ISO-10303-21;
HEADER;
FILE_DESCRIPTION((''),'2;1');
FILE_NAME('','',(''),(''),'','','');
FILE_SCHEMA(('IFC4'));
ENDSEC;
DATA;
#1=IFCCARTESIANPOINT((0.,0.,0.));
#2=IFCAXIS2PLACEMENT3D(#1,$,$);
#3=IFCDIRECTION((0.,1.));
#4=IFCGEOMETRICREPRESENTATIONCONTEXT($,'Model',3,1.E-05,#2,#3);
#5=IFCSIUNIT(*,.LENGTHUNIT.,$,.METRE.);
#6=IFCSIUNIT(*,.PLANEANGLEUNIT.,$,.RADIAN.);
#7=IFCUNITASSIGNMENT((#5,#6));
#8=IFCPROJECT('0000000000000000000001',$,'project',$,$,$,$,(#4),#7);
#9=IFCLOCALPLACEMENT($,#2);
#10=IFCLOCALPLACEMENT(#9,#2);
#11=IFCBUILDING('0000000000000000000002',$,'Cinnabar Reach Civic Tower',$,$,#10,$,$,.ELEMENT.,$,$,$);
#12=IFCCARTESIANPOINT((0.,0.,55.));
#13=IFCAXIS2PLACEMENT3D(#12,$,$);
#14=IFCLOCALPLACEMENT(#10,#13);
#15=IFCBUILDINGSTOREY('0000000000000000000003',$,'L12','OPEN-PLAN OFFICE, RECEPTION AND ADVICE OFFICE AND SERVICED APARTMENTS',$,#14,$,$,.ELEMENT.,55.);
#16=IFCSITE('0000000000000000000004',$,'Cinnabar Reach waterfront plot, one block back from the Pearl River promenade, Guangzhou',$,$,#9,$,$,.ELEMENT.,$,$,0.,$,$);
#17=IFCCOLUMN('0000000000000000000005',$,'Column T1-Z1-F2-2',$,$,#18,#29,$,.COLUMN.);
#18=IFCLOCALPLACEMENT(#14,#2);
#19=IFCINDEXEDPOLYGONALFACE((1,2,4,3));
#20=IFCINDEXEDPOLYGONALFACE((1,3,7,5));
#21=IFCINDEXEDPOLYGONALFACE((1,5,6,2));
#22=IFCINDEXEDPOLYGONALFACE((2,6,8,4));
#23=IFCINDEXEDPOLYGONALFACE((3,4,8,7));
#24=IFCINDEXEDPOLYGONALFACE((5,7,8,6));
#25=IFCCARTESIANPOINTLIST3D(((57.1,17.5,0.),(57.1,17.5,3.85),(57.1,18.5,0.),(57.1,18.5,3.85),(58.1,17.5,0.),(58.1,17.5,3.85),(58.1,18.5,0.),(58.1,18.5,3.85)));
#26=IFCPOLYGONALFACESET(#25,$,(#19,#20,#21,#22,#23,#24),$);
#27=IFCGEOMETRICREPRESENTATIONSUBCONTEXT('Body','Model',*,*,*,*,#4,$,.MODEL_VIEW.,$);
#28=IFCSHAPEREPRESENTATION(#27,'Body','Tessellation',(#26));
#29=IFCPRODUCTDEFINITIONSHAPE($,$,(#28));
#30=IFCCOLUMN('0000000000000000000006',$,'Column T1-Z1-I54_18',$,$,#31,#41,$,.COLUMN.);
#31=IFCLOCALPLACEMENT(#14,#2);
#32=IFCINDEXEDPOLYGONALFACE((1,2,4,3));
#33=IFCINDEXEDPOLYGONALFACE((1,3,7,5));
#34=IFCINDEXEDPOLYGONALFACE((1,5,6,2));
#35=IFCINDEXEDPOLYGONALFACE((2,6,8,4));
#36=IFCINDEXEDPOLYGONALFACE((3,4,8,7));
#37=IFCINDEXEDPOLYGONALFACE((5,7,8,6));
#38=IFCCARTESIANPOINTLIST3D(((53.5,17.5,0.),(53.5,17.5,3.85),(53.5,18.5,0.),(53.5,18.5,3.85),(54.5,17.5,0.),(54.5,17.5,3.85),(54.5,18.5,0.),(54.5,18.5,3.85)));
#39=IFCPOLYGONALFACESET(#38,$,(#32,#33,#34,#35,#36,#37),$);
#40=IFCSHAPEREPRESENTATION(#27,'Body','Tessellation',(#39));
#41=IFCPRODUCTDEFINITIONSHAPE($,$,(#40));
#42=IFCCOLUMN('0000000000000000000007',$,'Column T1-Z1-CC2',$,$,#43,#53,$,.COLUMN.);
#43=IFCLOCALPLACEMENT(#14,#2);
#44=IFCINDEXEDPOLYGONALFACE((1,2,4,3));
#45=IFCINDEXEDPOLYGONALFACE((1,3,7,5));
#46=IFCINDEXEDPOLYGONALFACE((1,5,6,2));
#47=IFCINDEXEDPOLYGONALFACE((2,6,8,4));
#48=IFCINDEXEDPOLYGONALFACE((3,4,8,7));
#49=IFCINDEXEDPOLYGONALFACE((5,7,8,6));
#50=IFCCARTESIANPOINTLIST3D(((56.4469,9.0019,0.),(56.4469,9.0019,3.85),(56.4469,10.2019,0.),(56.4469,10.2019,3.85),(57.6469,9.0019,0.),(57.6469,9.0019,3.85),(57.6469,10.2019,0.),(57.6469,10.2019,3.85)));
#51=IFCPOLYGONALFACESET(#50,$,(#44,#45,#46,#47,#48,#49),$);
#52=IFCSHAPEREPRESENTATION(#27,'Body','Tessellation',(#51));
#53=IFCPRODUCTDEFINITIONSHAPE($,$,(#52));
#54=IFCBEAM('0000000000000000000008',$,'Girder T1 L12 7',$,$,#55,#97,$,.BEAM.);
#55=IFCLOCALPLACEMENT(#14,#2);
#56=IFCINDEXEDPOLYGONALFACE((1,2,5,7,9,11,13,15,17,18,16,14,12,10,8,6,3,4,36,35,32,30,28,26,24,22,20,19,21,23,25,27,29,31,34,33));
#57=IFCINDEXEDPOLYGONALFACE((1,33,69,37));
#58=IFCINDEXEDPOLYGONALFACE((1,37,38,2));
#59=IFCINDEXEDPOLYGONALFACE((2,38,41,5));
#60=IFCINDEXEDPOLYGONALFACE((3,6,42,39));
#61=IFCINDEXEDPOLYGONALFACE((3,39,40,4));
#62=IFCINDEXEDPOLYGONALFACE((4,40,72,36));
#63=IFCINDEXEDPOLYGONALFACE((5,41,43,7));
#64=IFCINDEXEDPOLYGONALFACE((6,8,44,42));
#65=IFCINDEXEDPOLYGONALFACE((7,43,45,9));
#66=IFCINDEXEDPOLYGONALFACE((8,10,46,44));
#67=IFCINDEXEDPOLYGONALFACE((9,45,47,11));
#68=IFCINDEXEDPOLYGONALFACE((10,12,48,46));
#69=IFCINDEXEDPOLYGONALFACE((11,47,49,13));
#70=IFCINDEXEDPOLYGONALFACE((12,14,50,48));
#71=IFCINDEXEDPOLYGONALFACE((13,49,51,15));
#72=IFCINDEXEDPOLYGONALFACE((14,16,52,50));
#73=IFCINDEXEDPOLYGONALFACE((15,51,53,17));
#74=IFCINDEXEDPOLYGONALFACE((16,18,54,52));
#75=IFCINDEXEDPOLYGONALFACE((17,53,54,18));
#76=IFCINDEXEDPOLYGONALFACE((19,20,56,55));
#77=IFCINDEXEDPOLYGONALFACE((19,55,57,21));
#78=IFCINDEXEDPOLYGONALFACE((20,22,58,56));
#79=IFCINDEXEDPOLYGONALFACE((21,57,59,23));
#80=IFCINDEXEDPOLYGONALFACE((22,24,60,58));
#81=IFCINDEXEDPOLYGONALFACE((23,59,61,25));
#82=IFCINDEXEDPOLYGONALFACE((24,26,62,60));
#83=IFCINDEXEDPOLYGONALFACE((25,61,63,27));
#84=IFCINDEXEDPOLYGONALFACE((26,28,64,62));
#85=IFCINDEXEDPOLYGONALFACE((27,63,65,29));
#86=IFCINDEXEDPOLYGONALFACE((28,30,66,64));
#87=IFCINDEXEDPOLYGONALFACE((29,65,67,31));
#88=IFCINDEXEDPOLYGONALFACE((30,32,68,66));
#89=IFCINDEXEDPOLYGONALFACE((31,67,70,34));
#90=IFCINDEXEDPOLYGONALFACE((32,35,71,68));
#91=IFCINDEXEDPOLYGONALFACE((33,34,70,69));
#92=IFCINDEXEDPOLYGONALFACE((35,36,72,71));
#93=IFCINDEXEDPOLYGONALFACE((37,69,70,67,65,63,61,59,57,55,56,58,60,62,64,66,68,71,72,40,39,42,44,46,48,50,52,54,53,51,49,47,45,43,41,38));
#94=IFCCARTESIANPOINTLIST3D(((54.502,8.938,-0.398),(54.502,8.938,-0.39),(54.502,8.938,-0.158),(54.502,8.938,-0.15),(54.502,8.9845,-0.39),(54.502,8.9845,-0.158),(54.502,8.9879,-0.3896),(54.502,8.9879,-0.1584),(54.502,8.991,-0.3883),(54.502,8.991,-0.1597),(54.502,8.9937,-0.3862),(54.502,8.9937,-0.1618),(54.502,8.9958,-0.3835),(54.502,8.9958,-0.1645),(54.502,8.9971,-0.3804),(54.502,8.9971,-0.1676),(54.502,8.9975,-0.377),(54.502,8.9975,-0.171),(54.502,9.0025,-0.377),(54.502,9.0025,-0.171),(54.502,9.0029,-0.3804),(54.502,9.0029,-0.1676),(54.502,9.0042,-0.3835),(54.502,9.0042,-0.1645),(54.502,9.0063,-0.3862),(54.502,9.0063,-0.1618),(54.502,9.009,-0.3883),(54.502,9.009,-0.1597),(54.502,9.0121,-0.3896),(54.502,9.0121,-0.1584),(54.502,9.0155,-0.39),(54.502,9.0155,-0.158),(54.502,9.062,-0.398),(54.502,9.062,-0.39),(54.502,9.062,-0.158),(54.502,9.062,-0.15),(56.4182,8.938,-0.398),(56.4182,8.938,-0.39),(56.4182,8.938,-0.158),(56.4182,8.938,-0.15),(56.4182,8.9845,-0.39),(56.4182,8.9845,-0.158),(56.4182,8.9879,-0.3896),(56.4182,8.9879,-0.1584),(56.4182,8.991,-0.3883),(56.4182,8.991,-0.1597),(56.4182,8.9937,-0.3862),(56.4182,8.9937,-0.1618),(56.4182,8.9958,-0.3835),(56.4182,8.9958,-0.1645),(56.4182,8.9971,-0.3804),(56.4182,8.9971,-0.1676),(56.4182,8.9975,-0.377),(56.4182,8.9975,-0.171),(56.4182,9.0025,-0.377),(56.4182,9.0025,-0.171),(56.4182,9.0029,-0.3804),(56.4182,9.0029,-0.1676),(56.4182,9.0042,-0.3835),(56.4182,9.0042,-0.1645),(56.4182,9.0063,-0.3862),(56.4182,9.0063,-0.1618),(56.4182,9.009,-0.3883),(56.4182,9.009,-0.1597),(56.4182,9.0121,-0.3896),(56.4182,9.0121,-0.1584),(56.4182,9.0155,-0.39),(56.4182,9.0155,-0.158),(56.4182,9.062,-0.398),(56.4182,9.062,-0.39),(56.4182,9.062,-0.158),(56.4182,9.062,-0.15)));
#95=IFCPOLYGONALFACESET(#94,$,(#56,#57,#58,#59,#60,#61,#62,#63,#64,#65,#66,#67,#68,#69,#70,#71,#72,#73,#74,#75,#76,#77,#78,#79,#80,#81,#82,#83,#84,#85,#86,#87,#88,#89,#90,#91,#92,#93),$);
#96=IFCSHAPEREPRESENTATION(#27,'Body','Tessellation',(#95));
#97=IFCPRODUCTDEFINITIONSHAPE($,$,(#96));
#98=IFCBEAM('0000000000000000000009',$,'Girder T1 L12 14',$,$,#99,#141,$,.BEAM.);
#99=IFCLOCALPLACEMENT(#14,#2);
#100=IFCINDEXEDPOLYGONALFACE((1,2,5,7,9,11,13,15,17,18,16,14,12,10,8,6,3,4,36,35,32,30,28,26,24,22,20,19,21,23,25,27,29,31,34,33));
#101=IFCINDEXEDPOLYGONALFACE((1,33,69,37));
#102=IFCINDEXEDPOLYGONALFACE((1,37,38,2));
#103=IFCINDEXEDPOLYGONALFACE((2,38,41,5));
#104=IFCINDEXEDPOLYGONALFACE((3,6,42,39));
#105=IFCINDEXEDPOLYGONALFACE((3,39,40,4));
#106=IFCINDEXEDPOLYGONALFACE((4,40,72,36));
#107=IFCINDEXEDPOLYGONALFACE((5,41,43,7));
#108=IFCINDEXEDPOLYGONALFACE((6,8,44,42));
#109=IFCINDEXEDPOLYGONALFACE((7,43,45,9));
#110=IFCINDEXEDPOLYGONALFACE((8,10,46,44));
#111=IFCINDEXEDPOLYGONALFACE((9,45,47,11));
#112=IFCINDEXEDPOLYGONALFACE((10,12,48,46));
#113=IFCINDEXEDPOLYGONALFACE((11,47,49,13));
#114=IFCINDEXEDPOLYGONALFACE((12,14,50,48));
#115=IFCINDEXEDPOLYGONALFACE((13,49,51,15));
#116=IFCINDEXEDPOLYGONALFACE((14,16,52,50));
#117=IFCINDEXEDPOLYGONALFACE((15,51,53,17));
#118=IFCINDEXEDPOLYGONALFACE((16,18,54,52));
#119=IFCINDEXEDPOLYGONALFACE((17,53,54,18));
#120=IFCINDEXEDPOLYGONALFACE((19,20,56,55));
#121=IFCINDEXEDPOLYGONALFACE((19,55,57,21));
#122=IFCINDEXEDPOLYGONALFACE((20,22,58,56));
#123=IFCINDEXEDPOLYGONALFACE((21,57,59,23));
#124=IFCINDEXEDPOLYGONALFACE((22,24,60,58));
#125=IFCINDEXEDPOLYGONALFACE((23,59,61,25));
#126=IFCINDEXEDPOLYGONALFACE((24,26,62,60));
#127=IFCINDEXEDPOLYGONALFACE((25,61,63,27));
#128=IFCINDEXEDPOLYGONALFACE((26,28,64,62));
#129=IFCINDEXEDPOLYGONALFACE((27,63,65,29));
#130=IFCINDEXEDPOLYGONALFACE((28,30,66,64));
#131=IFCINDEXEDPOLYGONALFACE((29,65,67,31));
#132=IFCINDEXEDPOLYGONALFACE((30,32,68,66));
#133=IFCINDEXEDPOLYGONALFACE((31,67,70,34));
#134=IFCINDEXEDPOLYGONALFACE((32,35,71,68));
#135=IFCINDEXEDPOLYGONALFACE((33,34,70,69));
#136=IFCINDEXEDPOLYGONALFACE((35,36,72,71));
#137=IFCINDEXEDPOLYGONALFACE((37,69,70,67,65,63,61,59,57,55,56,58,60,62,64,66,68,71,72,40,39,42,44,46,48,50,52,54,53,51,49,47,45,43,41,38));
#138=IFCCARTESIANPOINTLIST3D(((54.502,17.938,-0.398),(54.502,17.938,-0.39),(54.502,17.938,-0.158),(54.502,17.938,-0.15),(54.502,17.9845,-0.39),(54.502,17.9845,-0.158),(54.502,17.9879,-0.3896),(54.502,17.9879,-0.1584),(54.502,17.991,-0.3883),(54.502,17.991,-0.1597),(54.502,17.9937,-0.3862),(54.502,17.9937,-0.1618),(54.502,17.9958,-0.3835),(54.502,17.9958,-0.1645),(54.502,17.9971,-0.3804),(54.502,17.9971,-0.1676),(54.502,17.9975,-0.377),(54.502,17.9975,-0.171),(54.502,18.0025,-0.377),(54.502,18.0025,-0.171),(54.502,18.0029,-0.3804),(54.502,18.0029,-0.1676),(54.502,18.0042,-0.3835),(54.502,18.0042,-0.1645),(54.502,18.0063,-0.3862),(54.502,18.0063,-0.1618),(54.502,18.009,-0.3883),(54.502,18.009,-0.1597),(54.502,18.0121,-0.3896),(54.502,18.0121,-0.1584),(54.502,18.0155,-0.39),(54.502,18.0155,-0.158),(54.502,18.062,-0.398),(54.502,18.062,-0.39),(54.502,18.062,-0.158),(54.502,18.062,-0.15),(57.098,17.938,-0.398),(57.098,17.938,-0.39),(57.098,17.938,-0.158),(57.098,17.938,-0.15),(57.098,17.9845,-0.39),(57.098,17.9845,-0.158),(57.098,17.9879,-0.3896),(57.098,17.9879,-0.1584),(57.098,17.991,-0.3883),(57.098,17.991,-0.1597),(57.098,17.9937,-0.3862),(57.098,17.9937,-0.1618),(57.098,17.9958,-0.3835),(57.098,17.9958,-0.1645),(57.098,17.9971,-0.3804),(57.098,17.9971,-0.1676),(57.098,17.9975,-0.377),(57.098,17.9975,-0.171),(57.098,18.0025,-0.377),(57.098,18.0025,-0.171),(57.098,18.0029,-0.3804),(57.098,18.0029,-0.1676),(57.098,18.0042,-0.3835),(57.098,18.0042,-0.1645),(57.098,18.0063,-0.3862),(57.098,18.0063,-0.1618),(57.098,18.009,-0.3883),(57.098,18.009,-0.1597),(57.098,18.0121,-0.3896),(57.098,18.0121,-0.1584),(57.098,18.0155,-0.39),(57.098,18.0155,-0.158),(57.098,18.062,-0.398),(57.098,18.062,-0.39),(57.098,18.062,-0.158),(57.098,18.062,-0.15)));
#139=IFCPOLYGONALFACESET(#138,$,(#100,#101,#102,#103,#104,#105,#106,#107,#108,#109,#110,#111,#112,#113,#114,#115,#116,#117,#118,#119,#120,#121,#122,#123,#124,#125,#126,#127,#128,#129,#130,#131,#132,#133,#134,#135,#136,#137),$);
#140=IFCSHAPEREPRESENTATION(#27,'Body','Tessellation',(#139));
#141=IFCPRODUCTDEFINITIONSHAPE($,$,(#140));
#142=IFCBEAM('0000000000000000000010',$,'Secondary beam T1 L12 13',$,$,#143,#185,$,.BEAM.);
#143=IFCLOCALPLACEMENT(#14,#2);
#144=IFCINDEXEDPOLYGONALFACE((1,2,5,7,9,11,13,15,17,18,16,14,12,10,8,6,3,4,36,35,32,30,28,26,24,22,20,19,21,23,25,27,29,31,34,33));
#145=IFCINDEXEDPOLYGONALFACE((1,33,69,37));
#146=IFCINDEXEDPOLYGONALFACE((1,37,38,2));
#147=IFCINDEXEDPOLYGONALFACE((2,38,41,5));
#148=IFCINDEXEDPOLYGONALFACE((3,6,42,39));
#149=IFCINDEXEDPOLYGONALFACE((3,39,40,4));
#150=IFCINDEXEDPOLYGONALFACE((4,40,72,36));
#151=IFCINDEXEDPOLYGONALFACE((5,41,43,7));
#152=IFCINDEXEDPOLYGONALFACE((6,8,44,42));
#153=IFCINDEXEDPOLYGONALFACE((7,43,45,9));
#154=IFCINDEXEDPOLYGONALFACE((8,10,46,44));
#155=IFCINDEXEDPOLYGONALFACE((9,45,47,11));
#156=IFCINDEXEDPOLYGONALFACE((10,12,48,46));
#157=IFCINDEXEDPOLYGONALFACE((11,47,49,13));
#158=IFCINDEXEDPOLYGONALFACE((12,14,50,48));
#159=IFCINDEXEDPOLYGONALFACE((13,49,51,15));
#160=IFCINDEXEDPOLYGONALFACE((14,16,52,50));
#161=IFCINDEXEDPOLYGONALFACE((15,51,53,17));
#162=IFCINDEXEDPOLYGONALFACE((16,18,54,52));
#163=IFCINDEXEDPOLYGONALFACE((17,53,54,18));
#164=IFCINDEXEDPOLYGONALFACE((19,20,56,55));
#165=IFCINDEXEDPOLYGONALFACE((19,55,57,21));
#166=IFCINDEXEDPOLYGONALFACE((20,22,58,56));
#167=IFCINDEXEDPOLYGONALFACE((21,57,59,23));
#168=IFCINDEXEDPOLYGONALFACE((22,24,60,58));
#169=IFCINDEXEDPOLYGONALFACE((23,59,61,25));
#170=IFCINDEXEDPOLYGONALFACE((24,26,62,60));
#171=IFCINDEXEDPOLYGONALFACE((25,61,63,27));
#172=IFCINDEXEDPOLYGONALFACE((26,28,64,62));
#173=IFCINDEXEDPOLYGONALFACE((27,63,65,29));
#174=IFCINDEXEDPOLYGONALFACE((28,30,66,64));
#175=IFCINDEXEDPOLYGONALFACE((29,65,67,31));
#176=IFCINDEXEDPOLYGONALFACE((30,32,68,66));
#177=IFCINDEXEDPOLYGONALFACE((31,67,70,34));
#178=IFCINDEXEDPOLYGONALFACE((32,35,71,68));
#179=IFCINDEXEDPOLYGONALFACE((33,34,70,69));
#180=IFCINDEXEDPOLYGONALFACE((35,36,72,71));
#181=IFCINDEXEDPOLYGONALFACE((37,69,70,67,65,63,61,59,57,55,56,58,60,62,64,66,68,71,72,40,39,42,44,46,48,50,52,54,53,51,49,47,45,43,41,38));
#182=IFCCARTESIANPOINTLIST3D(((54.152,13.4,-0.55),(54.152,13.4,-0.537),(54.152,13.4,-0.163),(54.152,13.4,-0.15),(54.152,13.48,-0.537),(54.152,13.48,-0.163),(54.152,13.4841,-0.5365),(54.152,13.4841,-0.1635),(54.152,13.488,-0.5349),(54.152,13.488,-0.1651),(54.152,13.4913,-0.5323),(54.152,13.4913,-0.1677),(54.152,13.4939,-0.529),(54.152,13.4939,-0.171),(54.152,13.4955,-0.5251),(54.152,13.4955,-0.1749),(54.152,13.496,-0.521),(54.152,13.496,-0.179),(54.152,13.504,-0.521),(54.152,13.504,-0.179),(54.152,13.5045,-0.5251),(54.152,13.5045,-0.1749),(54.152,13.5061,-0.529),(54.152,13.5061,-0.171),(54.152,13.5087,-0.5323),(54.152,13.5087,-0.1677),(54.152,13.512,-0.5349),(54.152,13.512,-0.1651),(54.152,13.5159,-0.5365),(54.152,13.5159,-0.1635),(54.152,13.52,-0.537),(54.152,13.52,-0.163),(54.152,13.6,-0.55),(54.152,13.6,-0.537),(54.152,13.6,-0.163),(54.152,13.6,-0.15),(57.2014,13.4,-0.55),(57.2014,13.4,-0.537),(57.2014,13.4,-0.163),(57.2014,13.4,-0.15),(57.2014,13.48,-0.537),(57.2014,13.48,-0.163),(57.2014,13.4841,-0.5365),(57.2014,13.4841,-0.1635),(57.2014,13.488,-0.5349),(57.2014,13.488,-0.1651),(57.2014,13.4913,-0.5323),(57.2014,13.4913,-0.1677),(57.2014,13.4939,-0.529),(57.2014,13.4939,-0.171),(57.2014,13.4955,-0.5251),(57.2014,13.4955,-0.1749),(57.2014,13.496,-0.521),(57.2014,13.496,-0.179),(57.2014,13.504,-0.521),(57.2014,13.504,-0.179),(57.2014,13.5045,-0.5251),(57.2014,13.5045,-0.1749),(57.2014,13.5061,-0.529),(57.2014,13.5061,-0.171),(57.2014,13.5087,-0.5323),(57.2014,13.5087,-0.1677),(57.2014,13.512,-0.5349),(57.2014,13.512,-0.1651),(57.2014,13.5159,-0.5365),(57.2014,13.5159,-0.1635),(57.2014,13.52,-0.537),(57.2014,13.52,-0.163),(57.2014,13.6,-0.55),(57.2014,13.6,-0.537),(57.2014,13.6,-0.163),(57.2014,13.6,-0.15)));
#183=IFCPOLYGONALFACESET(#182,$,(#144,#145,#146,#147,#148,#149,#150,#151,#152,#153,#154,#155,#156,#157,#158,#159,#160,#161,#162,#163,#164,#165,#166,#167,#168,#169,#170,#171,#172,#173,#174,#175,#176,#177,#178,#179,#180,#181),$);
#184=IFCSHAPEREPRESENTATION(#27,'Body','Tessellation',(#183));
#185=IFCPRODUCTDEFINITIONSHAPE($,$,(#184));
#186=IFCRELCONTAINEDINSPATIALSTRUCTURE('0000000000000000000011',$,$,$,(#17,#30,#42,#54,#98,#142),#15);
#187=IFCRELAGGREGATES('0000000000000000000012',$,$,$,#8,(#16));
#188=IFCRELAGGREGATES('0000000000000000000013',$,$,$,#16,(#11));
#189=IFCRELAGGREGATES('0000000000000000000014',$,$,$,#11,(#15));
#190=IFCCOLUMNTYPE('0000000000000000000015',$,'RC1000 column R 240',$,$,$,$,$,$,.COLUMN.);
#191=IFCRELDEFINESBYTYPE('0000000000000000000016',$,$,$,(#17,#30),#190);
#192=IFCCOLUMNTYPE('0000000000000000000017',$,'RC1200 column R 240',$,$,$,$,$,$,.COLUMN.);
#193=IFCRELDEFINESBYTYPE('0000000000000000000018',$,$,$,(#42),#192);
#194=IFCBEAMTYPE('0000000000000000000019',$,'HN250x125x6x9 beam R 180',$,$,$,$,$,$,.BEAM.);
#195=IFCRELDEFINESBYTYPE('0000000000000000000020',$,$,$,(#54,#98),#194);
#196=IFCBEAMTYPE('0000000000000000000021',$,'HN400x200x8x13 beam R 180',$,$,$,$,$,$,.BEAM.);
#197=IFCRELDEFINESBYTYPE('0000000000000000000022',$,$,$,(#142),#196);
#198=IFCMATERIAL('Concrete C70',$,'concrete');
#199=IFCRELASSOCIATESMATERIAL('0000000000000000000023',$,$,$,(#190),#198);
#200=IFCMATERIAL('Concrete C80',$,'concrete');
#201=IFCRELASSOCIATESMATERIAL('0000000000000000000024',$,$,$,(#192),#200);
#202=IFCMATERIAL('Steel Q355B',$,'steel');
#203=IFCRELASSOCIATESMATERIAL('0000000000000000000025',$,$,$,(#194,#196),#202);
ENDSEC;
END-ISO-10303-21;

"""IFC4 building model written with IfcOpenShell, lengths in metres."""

from ifc_helpers import new_model, si_unit, direction, frame, origin, origin_2d, place, context, subcontext, project, spatial, rectangle, i_section, extrude, material, material_profile, profile_set, type_object, element, save


model = new_model("IFC4")

# Units and contexts
model_context = context("Model", 3, precision=1e-05, world=origin(), true_north=direction((0.0, 1.0)))
body_context = subcontext(model_context, "Body", "Model", "MODEL_VIEW")
ifc_project = project(units=[si_unit("LENGTHUNIT", "METRE"), si_unit("PLANEANGLEUNIT", "RADIAN")], contexts=[model_context])

# Site, building, storey
site_placement = place(None, origin())
site = spatial("IfcSite", under=ifc_project, at=site_placement, Name="Cinnabar Reach waterfront plot, one block back from the Pearl River promenade, Guangzhou", CompositionType="ELEMENT", RefElevation=0.0)
building_placement = place(site_placement, origin())
building = spatial("IfcBuilding", under=site, at=building_placement, Name="Cinnabar Reach Civic Tower", CompositionType="ELEMENT")
storey_placement = place(building_placement, frame((0.0, 0.0, 55.0)))
storey = spatial("IfcBuildingStorey", under=building, at=storey_placement, Name="L12", Description="OPEN-PLAN OFFICE, RECEPTION AND ADVICE OFFICE AND SERVICED APARTMENTS", CompositionType="ELEMENT", Elevation=55.0)

# Columns
ifc_material_1 = material(Name="Concrete C70", Category="concrete")
ifc_material_profile_1 = material_profile(ifc_material_1, rectangle(XDim=1.0, YDim=1.0, at=origin_2d()), Name="RC1000")
ifc_profile_set_1 = profile_set([ifc_material_profile_1], Name="Concrete C70")
column_type_1 = type_object("IfcColumnType", Name="RC1000 column R 240", PredefinedType="COLUMN", material=ifc_profile_set_1)
for number, where, z_axis, x_axis, name in (
    (1, (57.6, 18.0, 0.0), (0.0, 0.0, 1.0), (1.0, 0.0, 0.0), "Column T1-Z1-F2-2"),
    (2, (54.0, 18.0, 0.0), (0.0, 0.0, 1.0), (1.0, 0.0, 0.0), "Column T1-Z1-I54_18"),
):
    element("IfcColumn", number, at=place(storey_placement, frame(where, z_axis=z_axis, x_axis=x_axis)), inside=storey, type_object=column_type_1, Name=name, PredefinedType="COLUMN", context=body_context, shape_type="SweptSolid", body=[
        extrude(rectangle(XDim=1.0, YDim=1.0, at=origin_2d()), origin(), (0.0, 0.0, 1.0), 3.85),
    ])
ifc_material_2 = material(Name="Concrete C80", Category="concrete")
ifc_material_profile_2 = material_profile(ifc_material_2, rectangle(XDim=1.2, YDim=1.2, at=origin_2d()), Name="RC1200")
ifc_profile_set_2 = profile_set([ifc_material_profile_2], Name="Concrete C80")
column_type_2 = type_object("IfcColumnType", Name="RC1200 column R 240", PredefinedType="COLUMN", material=ifc_profile_set_2)
column_placement = place(storey_placement, frame((57.0469, 9.6019, 0.0), z_axis=(0.0, 0.0, 1.0), x_axis=(1.0, 0.0, 0.0)))
element("IfcColumn", 3, at=column_placement, inside=storey, type_object=column_type_2, Name="Column T1-Z1-CC2", PredefinedType="COLUMN", context=body_context, shape_type="SweptSolid", body=[
    extrude(rectangle(XDim=1.2, YDim=1.2, at=origin_2d()), origin(), (0.0, 0.0, 1.0), 3.85),
])

# Beams
ifc_material_3 = material(Name="Steel Q355B", Category="steel")
ifc_material_profile_3 = material_profile(ifc_material_3, i_section(OverallWidth=0.124, OverallDepth=0.248, WebThickness=0.005, FlangeThickness=0.008, FilletRadius=0.013, at=origin_2d()), Name="HN250x125x6x9")
ifc_profile_set_3 = profile_set([ifc_material_profile_3], Name="Steel Q355B")
beam_type_1 = type_object("IfcBeamType", Name="HN250x125x6x9 beam R 180", PredefinedType="BEAM", material=ifc_profile_set_3)
beam_1_placement = place(storey_placement, frame((54.502, 9.0, -0.274), z_axis=(1.0, 0.0, 0.0), x_axis=(0.0, 1.0, 0.0)))
element("IfcBeam", 4, at=beam_1_placement, inside=storey, type_object=beam_type_1, Name="Girder T1 L12 7", PredefinedType="BEAM", context=body_context, shape_type="SweptSolid", body=[
    extrude(i_section(OverallWidth=0.124, OverallDepth=0.248, WebThickness=0.005, FlangeThickness=0.008, FilletRadius=0.013, at=origin_2d()), origin(), (0.0, 0.0, 1.0), 1.9162),
])
beam_2_placement = place(storey_placement, frame((54.502, 18.0, -0.274), z_axis=(1.0, 0.0, 0.0), x_axis=(0.0, 1.0, 0.0)))
element("IfcBeam", 5, at=beam_2_placement, inside=storey, type_object=beam_type_1, Name="Girder T1 L12 14", PredefinedType="BEAM", context=body_context, shape_type="SweptSolid", body=[
    extrude(i_section(OverallWidth=0.124, OverallDepth=0.248, WebThickness=0.005, FlangeThickness=0.008, FilletRadius=0.013, at=origin_2d()), origin(), (0.0, 0.0, 1.0), 2.596),
])
ifc_material_profile_4 = material_profile(ifc_material_3, i_section(OverallWidth=0.2, OverallDepth=0.4, WebThickness=0.008, FlangeThickness=0.013, FilletRadius=0.016, at=origin_2d()), Name="HN400x200x8x13")
ifc_profile_set_4 = profile_set([ifc_material_profile_4], Name="Steel Q355B")
beam_type_2 = type_object("IfcBeamType", Name="HN400x200x8x13 beam R 180", PredefinedType="BEAM", material=ifc_profile_set_4)
beam_3_placement = place(storey_placement, frame((54.152, 13.5, -0.35), z_axis=(1.0, 0.0, 0.0), x_axis=(0.0, 1.0, 0.0)))
element("IfcBeam", 6, at=beam_3_placement, inside=storey, type_object=beam_type_2, Name="Secondary beam T1 L12 13", PredefinedType="BEAM", context=body_context, shape_type="SweptSolid", body=[
    extrude(i_section(OverallWidth=0.2, OverallDepth=0.4, WebThickness=0.008, FlangeThickness=0.013, FilletRadius=0.016, at=origin_2d()), origin(), (0.0, 0.0, 1.0), 3.0494),
])

save(model, "model.ifc")
